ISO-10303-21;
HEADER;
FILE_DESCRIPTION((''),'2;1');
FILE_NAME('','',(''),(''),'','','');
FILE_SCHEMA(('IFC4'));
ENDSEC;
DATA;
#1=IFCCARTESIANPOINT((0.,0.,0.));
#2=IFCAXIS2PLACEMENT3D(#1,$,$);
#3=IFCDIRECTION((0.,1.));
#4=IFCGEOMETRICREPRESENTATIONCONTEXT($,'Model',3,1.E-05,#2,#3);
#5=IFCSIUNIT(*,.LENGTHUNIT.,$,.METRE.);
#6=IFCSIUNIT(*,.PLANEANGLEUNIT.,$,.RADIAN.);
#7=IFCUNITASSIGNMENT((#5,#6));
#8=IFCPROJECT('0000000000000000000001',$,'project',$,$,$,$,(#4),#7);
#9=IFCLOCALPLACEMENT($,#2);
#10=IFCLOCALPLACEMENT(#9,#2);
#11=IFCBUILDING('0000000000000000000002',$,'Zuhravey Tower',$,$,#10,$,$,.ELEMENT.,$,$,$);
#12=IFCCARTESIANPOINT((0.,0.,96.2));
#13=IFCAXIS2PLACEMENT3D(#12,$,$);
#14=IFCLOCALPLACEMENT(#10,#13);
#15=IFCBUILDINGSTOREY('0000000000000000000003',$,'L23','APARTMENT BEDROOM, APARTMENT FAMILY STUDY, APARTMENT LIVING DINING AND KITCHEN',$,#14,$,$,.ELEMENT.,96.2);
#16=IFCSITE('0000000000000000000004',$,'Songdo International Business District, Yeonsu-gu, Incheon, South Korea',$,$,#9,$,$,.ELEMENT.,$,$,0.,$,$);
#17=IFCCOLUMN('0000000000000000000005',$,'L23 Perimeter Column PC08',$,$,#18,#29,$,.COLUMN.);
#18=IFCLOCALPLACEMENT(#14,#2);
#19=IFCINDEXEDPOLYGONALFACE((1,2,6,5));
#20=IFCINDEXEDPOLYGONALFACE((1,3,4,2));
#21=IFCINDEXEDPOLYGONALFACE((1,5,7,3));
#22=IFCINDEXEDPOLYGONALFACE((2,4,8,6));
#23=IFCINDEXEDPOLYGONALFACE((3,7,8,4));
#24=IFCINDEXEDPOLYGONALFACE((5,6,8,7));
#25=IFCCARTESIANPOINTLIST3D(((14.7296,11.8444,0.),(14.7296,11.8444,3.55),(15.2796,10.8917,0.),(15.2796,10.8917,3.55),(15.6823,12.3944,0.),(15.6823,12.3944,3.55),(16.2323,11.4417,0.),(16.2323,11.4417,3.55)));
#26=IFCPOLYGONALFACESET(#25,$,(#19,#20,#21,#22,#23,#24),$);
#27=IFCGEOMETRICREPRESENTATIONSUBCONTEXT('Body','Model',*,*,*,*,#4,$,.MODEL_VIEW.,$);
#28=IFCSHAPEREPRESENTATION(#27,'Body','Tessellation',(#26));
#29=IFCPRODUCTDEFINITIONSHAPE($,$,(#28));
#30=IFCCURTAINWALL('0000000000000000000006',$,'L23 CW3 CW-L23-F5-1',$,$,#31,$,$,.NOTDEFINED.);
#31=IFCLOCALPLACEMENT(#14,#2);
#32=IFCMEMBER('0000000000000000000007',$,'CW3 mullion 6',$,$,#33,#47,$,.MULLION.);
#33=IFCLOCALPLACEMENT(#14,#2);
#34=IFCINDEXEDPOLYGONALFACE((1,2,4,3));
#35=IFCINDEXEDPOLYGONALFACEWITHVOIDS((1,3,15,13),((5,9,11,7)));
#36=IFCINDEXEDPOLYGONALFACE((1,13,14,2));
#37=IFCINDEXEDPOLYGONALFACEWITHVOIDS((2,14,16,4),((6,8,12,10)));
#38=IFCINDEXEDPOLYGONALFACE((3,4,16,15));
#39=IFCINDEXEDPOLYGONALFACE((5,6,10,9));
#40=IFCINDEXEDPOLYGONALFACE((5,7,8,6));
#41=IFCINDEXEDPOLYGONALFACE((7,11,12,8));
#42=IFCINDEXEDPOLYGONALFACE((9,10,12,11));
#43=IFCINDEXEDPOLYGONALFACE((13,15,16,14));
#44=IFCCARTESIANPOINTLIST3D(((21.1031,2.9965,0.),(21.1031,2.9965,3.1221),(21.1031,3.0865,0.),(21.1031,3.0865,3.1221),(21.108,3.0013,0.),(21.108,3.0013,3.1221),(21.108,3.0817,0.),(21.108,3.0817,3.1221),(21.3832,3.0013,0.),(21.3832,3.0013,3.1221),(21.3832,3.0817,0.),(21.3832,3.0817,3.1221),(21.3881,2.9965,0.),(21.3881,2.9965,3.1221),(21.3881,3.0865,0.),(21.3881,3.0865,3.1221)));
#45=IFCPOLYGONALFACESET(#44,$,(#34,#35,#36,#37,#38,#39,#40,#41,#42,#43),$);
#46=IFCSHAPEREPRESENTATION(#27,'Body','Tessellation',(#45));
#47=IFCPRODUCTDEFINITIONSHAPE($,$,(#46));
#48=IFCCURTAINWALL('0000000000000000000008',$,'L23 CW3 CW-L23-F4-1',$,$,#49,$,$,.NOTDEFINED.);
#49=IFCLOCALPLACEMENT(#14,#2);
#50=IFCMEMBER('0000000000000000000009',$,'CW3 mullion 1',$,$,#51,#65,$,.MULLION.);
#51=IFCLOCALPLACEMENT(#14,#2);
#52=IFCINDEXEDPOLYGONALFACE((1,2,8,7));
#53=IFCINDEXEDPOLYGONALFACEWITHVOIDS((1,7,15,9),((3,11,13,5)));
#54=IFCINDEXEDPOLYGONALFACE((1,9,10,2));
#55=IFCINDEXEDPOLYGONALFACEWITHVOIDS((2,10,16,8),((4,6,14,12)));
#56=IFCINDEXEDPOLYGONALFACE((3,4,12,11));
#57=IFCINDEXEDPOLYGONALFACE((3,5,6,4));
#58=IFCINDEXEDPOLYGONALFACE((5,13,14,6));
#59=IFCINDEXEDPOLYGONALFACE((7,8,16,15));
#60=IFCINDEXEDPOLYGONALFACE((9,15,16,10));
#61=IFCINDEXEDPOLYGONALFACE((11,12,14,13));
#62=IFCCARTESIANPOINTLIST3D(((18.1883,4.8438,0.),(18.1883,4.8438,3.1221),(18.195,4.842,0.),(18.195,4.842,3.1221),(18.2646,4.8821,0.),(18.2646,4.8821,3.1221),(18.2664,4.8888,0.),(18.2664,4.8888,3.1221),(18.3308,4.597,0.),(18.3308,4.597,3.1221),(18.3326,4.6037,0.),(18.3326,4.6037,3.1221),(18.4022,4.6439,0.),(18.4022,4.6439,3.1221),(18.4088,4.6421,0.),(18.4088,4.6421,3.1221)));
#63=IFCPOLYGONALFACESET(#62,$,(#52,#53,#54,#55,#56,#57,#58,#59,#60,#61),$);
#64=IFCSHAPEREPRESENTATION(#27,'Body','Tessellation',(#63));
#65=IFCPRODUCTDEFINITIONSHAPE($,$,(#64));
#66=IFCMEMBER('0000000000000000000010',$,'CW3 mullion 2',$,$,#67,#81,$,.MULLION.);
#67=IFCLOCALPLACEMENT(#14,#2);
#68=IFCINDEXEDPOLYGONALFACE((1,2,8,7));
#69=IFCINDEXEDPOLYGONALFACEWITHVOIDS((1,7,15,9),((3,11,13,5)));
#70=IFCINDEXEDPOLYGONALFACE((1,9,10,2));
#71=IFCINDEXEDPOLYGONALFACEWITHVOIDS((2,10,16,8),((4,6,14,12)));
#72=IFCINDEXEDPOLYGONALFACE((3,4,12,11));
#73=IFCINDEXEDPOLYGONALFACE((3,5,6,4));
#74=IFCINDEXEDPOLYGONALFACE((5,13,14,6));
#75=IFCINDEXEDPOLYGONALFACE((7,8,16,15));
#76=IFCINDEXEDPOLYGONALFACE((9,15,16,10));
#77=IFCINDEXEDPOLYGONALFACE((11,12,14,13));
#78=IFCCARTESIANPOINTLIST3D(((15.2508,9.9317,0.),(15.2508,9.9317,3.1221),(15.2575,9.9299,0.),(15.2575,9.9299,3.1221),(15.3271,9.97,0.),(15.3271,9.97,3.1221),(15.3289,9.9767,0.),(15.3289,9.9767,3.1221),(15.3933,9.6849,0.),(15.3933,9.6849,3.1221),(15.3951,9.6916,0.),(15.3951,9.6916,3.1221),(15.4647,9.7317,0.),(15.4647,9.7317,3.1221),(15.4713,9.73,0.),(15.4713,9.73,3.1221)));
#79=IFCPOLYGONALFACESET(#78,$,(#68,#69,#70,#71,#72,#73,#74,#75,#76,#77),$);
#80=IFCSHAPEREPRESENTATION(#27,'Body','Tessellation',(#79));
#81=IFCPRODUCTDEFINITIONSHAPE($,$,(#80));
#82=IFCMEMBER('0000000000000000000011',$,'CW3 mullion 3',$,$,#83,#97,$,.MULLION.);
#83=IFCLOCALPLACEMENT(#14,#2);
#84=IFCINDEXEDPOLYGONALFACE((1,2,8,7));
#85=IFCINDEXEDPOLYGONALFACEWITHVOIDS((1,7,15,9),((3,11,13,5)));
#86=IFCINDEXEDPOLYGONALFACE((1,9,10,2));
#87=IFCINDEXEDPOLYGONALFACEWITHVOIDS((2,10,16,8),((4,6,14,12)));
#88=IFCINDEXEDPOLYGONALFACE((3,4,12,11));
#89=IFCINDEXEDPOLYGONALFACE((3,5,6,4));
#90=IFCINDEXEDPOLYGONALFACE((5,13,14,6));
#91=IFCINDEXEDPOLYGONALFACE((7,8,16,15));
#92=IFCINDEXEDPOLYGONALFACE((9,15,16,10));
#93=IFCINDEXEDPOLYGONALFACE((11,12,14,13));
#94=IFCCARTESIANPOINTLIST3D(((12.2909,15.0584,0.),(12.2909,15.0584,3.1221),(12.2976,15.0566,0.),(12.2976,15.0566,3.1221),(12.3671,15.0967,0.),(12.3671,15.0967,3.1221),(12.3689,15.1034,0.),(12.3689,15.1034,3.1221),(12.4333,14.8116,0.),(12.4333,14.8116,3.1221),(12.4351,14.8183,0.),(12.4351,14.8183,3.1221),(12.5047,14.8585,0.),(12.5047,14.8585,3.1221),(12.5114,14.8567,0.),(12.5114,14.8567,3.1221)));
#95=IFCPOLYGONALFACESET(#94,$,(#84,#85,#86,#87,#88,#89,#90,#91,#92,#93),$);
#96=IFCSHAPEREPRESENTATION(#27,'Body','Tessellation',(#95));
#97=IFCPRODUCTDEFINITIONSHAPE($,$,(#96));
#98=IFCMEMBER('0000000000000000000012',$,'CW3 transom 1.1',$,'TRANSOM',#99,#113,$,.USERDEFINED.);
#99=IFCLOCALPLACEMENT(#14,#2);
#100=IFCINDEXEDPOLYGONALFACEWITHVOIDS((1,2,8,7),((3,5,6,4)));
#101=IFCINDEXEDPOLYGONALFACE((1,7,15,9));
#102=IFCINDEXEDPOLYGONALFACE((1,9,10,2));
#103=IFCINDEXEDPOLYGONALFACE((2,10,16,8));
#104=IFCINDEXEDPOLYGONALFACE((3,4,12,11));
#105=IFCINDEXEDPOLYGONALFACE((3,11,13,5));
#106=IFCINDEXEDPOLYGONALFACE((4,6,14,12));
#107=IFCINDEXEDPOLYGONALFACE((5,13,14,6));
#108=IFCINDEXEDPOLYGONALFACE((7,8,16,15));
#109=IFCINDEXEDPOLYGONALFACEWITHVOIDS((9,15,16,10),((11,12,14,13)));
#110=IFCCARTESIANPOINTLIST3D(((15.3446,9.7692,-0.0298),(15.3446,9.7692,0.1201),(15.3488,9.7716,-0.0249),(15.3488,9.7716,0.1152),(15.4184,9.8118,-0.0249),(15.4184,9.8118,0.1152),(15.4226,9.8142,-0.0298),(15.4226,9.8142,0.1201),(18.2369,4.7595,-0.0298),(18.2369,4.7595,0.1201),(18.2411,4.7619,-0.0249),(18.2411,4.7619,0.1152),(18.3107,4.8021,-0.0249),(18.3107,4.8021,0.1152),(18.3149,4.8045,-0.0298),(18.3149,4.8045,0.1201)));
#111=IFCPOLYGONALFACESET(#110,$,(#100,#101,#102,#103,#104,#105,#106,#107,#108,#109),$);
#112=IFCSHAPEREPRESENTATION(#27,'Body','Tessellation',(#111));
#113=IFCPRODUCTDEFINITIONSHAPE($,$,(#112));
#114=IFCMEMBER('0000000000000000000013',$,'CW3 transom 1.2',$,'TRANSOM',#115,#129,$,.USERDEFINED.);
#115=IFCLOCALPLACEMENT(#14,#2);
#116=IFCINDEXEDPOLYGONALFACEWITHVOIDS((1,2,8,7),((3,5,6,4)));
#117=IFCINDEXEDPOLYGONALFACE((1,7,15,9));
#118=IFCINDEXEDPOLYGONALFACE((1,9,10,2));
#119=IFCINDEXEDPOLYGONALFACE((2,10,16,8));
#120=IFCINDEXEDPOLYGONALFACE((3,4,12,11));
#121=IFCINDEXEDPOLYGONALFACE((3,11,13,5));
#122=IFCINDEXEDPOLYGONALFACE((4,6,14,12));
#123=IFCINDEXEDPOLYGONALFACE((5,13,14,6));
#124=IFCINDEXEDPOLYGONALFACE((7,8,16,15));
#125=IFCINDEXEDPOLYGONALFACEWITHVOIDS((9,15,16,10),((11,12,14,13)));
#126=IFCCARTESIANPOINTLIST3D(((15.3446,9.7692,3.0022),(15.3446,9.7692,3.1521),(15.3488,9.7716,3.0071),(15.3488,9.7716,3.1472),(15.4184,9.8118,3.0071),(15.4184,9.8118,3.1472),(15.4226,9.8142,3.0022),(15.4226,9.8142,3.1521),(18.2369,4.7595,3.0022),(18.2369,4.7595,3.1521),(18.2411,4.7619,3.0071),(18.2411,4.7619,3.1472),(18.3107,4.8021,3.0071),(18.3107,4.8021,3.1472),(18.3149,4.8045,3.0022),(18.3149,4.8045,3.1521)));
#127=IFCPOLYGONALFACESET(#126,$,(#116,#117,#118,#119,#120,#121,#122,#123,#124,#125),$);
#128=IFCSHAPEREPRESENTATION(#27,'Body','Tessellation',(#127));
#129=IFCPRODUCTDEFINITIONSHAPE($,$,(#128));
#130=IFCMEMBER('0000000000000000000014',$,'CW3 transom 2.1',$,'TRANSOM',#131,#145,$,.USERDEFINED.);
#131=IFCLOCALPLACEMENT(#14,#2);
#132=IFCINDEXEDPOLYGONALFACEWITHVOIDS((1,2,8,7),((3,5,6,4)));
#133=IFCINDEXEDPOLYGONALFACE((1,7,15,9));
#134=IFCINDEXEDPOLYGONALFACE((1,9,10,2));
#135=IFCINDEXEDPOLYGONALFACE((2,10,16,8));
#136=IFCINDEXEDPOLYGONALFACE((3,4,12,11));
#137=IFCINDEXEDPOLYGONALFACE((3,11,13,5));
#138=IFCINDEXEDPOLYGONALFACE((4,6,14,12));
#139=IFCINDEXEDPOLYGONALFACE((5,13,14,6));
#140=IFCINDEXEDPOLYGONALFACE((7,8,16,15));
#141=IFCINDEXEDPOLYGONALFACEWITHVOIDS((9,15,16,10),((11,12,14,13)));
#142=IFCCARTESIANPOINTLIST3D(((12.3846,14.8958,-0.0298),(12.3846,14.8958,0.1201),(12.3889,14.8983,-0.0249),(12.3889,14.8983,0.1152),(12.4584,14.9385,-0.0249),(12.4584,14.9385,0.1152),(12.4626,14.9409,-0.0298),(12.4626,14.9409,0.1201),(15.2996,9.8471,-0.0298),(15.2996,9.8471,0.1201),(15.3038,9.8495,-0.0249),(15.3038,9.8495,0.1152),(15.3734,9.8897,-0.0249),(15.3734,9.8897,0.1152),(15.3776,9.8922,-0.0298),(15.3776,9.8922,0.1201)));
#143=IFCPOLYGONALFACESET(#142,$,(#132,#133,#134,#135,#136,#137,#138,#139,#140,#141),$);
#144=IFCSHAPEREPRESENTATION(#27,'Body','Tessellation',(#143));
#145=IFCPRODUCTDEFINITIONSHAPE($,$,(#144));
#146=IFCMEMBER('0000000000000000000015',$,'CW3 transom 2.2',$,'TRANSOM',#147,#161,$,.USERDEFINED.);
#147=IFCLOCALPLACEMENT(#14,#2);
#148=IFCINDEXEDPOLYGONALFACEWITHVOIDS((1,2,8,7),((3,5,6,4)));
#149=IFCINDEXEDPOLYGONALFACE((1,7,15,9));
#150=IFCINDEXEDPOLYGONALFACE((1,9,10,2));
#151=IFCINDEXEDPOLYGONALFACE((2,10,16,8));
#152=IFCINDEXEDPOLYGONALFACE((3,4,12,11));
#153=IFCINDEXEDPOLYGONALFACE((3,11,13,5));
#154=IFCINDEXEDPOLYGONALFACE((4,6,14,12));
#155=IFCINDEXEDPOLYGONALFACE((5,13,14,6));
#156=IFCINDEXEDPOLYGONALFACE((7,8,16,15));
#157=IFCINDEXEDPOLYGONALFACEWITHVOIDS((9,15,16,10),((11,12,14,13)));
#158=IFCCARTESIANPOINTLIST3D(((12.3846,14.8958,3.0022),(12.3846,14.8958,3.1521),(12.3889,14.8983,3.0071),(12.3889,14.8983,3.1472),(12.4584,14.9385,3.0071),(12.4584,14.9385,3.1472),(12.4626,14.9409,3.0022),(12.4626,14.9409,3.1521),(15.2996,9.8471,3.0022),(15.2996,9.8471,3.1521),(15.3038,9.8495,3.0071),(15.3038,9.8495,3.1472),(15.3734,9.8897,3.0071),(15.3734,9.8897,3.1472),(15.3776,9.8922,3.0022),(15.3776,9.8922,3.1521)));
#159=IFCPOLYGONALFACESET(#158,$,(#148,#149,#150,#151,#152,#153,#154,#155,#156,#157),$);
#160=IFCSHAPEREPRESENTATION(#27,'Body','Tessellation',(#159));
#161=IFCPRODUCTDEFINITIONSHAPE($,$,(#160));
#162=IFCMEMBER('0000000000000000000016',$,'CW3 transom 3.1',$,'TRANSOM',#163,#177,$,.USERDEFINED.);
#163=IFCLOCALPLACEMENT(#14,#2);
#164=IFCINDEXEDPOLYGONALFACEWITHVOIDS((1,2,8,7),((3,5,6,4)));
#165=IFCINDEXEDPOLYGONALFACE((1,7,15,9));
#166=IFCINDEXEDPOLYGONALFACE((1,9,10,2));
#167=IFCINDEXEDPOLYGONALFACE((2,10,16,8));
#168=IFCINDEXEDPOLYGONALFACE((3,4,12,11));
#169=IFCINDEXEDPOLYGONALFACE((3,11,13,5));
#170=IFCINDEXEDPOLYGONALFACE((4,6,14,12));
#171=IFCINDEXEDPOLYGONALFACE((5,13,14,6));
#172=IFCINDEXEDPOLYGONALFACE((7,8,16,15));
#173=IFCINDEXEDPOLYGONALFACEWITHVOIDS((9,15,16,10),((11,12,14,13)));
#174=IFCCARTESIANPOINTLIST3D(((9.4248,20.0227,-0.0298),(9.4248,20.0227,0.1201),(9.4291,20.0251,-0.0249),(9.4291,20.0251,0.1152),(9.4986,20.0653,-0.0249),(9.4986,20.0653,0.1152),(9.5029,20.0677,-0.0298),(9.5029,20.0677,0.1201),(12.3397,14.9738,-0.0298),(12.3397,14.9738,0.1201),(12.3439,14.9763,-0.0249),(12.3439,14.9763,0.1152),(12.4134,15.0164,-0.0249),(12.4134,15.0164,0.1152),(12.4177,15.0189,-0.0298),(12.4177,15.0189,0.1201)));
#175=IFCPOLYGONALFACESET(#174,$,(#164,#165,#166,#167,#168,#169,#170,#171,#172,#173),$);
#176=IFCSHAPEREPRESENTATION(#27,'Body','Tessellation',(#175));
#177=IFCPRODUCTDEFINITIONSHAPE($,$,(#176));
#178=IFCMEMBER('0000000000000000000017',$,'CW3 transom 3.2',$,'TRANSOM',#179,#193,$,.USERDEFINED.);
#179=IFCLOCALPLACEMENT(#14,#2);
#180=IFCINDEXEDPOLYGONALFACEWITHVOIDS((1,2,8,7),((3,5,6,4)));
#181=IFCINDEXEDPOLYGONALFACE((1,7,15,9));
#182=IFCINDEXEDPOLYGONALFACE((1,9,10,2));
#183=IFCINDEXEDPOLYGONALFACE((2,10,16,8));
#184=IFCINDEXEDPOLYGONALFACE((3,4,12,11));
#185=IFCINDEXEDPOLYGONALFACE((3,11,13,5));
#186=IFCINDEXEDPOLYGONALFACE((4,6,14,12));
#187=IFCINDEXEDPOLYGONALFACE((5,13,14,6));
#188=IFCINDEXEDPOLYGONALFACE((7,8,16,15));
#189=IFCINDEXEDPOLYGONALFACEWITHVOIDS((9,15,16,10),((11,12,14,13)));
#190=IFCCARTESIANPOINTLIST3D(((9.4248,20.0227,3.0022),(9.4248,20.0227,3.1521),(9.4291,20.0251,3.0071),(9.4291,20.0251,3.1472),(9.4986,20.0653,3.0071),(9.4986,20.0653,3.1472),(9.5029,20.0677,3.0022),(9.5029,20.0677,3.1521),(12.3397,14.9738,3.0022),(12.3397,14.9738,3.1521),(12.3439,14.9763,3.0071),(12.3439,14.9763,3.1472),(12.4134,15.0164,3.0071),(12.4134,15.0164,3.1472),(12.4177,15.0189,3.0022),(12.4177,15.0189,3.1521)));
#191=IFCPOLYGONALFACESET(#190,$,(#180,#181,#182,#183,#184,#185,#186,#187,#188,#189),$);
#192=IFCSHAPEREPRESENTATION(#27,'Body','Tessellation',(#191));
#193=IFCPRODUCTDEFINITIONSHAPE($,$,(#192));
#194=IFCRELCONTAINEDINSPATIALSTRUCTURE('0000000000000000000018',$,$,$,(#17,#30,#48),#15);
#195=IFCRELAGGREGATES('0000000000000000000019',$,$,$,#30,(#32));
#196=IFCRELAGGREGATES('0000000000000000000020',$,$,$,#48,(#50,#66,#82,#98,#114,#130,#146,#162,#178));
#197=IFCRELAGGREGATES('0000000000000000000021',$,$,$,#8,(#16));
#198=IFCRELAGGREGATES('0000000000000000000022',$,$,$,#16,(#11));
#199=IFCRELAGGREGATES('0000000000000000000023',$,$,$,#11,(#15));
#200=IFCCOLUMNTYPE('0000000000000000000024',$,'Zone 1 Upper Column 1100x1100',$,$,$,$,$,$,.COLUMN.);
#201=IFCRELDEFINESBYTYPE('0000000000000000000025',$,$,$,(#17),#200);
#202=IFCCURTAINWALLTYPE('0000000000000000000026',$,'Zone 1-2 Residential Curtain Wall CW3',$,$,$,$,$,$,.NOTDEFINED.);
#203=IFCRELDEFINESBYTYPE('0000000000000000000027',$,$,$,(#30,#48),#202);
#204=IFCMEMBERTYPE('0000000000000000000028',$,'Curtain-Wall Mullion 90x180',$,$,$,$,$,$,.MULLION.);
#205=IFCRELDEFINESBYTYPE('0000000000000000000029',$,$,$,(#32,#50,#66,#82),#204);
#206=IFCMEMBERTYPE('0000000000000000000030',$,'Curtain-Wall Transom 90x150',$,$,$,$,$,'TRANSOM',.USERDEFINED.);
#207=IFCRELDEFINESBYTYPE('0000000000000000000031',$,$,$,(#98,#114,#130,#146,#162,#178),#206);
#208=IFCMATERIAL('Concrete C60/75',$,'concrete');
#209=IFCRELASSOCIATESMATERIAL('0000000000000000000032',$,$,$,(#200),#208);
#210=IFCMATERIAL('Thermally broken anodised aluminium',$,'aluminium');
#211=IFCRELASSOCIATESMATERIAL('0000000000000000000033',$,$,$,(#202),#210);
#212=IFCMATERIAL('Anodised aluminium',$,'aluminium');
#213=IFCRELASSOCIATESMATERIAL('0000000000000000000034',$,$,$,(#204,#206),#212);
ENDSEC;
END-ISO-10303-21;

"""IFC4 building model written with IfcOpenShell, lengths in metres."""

from ifc_helpers import new_model, si_unit, direction, frame, origin, origin_2d, place, context, subcontext, project, spatial, rectangle, hollow_rectangle, extrude, material, material_profile, profile_set, type_object, element, aggregate, save


model = new_model("IFC4")

# Units and contexts
model_context = context("Model", 3, precision=1e-05, world=origin(), true_north=direction((0.0, 1.0)))
body_context = subcontext(model_context, "Body", "Model", "MODEL_VIEW")
ifc_project = project(units=[si_unit("LENGTHUNIT", "METRE"), si_unit("PLANEANGLEUNIT", "RADIAN")], contexts=[model_context])

# Site, building, storey
site_placement = place(None, origin())
site = spatial("IfcSite", under=ifc_project, at=site_placement, Name="Songdo International Business District, Yeonsu-gu, Incheon, South Korea", CompositionType="ELEMENT", RefElevation=0.0)
building_placement = place(site_placement, origin())
building = spatial("IfcBuilding", under=site, at=building_placement, Name="Zuhravey Tower", CompositionType="ELEMENT")
storey_placement = place(building_placement, frame((0.0, 0.0, 96.2)))
storey = spatial("IfcBuildingStorey", under=building, at=storey_placement, Name="L23", Description="APARTMENT BEDROOM, APARTMENT FAMILY STUDY, APARTMENT LIVING DINING AND KITCHEN", CompositionType="ELEMENT", Elevation=96.2)

# Column
ifc_material_1 = material(Name="Concrete C60/75", Category="concrete")
ifc_material_profile_1 = material_profile(ifc_material_1, rectangle(XDim=1.1001, YDim=1.1001, at=origin_2d()), Name="RC-1100x1100")
ifc_profile_set_1 = profile_set([ifc_material_profile_1], Name="Concrete C60/75")
column_type = type_object("IfcColumnType", Name="Zone 1 Upper Column 1100x1100", PredefinedType="COLUMN", material=ifc_profile_set_1)
column_placement = place(storey_placement, frame((15.481, 11.6431, 0.0), z_axis=(0.0, 0.0, 1.0), x_axis=(0.5, -0.866025, 0.0)))
element("IfcColumn", 1, at=column_placement, inside=storey, type_object=column_type, Name="L23 Perimeter Column PC08", PredefinedType="COLUMN", context=body_context, shape_type="SweptSolid", body=[
    extrude(rectangle(XDim=1.1001, YDim=1.1001, at=origin_2d()), origin(), (0.0, 0.0, 1.0), 3.55),
])

# Curtain wall, member
ifc_material_2 = material(Name="Thermally broken anodised aluminium", Category="aluminium")
curtain_wall_type = type_object("IfcCurtainWallType", Name="Zone 1-2 Residential Curtain Wall CW3", PredefinedType="NOTDEFINED", material=ifc_material_2)
curtain_wall_1_placement = place(storey_placement, origin())
curtain_wall_1 = element("IfcCurtainWall", 2, at=curtain_wall_1_placement, inside=storey, type_object=curtain_wall_type, Name="L23 CW3 CW-L23-F5-1", PredefinedType="NOTDEFINED")
ifc_material_3 = material(Name="Anodised aluminium", Category="aluminium")
ifc_material_profile_2 = material_profile(ifc_material_3, hollow_rectangle(XDim=0.0901, YDim=0.2849, WallThickness=0.0049, at=origin_2d()), Name="ALU-RHS-90x285x5")
ifc_profile_set_2 = profile_set([ifc_material_profile_2], Name="Anodised aluminium")
member_type_1 = type_object("IfcMemberType", Name="Curtain-Wall Mullion 90x180", PredefinedType="MULLION", material=ifc_profile_set_2)
member_1_placement = place(storey_placement, frame((21.2456, 3.0415, 0.0), z_axis=(0.0, 0.0, 1.0), x_axis=(0.0, -1.0, 0.0)))
member_1 = element("IfcMember", 3, at=member_1_placement, type_object=member_type_1, Name="CW3 mullion 6", PredefinedType="MULLION", context=body_context, shape_type="SweptSolid", body=[
    extrude(hollow_rectangle(XDim=0.0901, YDim=0.2849, WallThickness=0.0049, at=origin_2d()), origin(), (0.0, 0.0, 1.0), 3.1221),
])
aggregate(curtain_wall_1, [member_1])

# Curtain wall, members
curtain_wall_2_placement = place(storey_placement, origin())
curtain_wall_2 = element("IfcCurtainWall", 4, at=curtain_wall_2_placement, inside=storey, type_object=curtain_wall_type, Name="L23 CW3 CW-L23-F4-1", PredefinedType="NOTDEFINED")
member_2_placement = place(storey_placement, frame((18.2986, 4.7429, 0.0), z_axis=(0.0, 0.0, 1.0), x_axis=(-0.866026, -0.5, 0.0)))
member_2 = element("IfcMember", 5, at=member_2_placement, type_object=member_type_1, Name="CW3 mullion 1", PredefinedType="MULLION", context=body_context, shape_type="SweptSolid", body=[
    extrude(hollow_rectangle(XDim=0.0901, YDim=0.2849, WallThickness=0.0049, at=origin_2d()), origin(), (0.0, 0.0, 1.0), 3.1221),
])
member_3_placement = place(storey_placement, frame((15.3611, 9.8308, 0.0), z_axis=(0.0, 0.0, 1.0), x_axis=(-0.866026, -0.5, 0.0)))
member_3 = element("IfcMember", 6, at=member_3_placement, type_object=member_type_1, Name="CW3 mullion 2", PredefinedType="MULLION", context=body_context, shape_type="SweptSolid", body=[
    extrude(hollow_rectangle(XDim=0.0901, YDim=0.2849, WallThickness=0.0049, at=origin_2d()), origin(), (0.0, 0.0, 1.0), 3.1221),
])
member_4_placement = place(storey_placement, frame((12.4011, 14.9575, 0.0), z_axis=(0.0, 0.0, 1.0), x_axis=(-0.866026, -0.5, 0.0)))
member_4 = element("IfcMember", 7, at=member_4_placement, type_object=member_type_1, Name="CW3 mullion 3", PredefinedType="MULLION", context=body_context, shape_type="SweptSolid", body=[
    extrude(hollow_rectangle(XDim=0.0901, YDim=0.2849, WallThickness=0.0049, at=origin_2d()), origin(), (0.0, 0.0, 1.0), 3.1221),
])
ifc_material_profile_3 = material_profile(ifc_material_3, hollow_rectangle(XDim=0.0901, YDim=0.1499, WallThickness=0.0049, at=origin_2d()), Name="ALU-RHS-90x150x5")
ifc_profile_set_3 = profile_set([ifc_material_profile_3], Name="Anodised aluminium")
member_type_2 = type_object("IfcMemberType", Name="Curtain-Wall Transom 90x150", ElementType="TRANSOM", PredefinedType="USERDEFINED", material=ifc_profile_set_3)
member_5_placement = place(storey_placement, frame((18.2759, 4.782, 0.0452), z_axis=(-0.499993, 0.86603, 0.0), x_axis=(-0.86603, -0.499993, 0.0)))
member_5 = element("IfcMember", 8, at=member_5_placement, type_object=member_type_2, Name="CW3 transom 1.1", ObjectType="TRANSOM", PredefinedType="USERDEFINED", context=body_context, shape_type="SweptSolid", body=[
    extrude(hollow_rectangle(XDim=0.0901, YDim=0.1499, WallThickness=0.0049, at=origin_2d()), origin(), (0.0, 0.0, 1.0), 5.7847),
])
member_6_placement = place(storey_placement, frame((18.2759, 4.782, 3.0771), z_axis=(-0.499993, 0.86603, 0.0), x_axis=(-0.86603, -0.499993, 0.0)))
member_6 = element("IfcMember", 9, at=member_6_placement, type_object=member_type_2, Name="CW3 transom 1.2", ObjectType="TRANSOM", PredefinedType="USERDEFINED", context=body_context, shape_type="SweptSolid", body=[
    extrude(hollow_rectangle(XDim=0.0901, YDim=0.1499, WallThickness=0.0049, at=origin_2d()), origin(), (0.0, 0.0, 1.0), 5.7847),
])
member_7_placement = place(storey_placement, frame((15.3386, 9.8696, 0.0452), z_axis=(-0.500012, 0.866018, 0.0), x_axis=(-0.866018, -0.500012, 0.0)))
member_7 = element("IfcMember", 10, at=member_7_placement, type_object=member_type_2, Name="CW3 transom 2.1", ObjectType="TRANSOM", PredefinedType="USERDEFINED", context=body_context, shape_type="SweptSolid", body=[
    extrude(hollow_rectangle(XDim=0.0901, YDim=0.1499, WallThickness=0.0049, at=origin_2d()), origin(), (0.0, 0.0, 1.0), 5.8298),
])
member_8_placement = place(storey_placement, frame((15.3386, 9.8696, 3.0771), z_axis=(-0.500012, 0.866018, 0.0), x_axis=(-0.866018, -0.500012, 0.0)))
member_8 = element("IfcMember", 11, at=member_8_placement, type_object=member_type_2, Name="CW3 transom 2.2", ObjectType="TRANSOM", PredefinedType="USERDEFINED", context=body_context, shape_type="SweptSolid", body=[
    extrude(hollow_rectangle(XDim=0.0901, YDim=0.1499, WallThickness=0.0049, at=origin_2d()), origin(), (0.0, 0.0, 1.0), 5.8298),
])
member_9_placement = place(storey_placement, frame((12.3787, 14.9963, 0.0452), z_axis=(-0.499981, 0.866036, 0.0), x_axis=(-0.866036, -0.499981, 0.0)))
member_9 = element("IfcMember", 12, at=member_9_placement, type_object=member_type_2, Name="CW3 transom 3.1", ObjectType="TRANSOM", PredefinedType="USERDEFINED", context=body_context, shape_type="SweptSolid", body=[
    extrude(hollow_rectangle(XDim=0.0901, YDim=0.1499, WallThickness=0.0049, at=origin_2d()), origin(), (0.0, 0.0, 1.0), 5.8298),
])
member_10_placement = place(storey_placement, frame((12.3787, 14.9963, 3.0771), z_axis=(-0.499981, 0.866036, 0.0), x_axis=(-0.866036, -0.499981, 0.0)))
member_10 = element("IfcMember", 13, at=member_10_placement, type_object=member_type_2, Name="CW3 transom 3.2", ObjectType="TRANSOM", PredefinedType="USERDEFINED", context=body_context, shape_type="SweptSolid", body=[
    extrude(hollow_rectangle(XDim=0.0901, YDim=0.1499, WallThickness=0.0049, at=origin_2d()), origin(), (0.0, 0.0, 1.0), 5.8298),
])

aggregate(curtain_wall_2, [member_2, member_3, member_4, member_5, member_6, member_7, member_8, member_9, member_10])

save(model, "model.ifc")
